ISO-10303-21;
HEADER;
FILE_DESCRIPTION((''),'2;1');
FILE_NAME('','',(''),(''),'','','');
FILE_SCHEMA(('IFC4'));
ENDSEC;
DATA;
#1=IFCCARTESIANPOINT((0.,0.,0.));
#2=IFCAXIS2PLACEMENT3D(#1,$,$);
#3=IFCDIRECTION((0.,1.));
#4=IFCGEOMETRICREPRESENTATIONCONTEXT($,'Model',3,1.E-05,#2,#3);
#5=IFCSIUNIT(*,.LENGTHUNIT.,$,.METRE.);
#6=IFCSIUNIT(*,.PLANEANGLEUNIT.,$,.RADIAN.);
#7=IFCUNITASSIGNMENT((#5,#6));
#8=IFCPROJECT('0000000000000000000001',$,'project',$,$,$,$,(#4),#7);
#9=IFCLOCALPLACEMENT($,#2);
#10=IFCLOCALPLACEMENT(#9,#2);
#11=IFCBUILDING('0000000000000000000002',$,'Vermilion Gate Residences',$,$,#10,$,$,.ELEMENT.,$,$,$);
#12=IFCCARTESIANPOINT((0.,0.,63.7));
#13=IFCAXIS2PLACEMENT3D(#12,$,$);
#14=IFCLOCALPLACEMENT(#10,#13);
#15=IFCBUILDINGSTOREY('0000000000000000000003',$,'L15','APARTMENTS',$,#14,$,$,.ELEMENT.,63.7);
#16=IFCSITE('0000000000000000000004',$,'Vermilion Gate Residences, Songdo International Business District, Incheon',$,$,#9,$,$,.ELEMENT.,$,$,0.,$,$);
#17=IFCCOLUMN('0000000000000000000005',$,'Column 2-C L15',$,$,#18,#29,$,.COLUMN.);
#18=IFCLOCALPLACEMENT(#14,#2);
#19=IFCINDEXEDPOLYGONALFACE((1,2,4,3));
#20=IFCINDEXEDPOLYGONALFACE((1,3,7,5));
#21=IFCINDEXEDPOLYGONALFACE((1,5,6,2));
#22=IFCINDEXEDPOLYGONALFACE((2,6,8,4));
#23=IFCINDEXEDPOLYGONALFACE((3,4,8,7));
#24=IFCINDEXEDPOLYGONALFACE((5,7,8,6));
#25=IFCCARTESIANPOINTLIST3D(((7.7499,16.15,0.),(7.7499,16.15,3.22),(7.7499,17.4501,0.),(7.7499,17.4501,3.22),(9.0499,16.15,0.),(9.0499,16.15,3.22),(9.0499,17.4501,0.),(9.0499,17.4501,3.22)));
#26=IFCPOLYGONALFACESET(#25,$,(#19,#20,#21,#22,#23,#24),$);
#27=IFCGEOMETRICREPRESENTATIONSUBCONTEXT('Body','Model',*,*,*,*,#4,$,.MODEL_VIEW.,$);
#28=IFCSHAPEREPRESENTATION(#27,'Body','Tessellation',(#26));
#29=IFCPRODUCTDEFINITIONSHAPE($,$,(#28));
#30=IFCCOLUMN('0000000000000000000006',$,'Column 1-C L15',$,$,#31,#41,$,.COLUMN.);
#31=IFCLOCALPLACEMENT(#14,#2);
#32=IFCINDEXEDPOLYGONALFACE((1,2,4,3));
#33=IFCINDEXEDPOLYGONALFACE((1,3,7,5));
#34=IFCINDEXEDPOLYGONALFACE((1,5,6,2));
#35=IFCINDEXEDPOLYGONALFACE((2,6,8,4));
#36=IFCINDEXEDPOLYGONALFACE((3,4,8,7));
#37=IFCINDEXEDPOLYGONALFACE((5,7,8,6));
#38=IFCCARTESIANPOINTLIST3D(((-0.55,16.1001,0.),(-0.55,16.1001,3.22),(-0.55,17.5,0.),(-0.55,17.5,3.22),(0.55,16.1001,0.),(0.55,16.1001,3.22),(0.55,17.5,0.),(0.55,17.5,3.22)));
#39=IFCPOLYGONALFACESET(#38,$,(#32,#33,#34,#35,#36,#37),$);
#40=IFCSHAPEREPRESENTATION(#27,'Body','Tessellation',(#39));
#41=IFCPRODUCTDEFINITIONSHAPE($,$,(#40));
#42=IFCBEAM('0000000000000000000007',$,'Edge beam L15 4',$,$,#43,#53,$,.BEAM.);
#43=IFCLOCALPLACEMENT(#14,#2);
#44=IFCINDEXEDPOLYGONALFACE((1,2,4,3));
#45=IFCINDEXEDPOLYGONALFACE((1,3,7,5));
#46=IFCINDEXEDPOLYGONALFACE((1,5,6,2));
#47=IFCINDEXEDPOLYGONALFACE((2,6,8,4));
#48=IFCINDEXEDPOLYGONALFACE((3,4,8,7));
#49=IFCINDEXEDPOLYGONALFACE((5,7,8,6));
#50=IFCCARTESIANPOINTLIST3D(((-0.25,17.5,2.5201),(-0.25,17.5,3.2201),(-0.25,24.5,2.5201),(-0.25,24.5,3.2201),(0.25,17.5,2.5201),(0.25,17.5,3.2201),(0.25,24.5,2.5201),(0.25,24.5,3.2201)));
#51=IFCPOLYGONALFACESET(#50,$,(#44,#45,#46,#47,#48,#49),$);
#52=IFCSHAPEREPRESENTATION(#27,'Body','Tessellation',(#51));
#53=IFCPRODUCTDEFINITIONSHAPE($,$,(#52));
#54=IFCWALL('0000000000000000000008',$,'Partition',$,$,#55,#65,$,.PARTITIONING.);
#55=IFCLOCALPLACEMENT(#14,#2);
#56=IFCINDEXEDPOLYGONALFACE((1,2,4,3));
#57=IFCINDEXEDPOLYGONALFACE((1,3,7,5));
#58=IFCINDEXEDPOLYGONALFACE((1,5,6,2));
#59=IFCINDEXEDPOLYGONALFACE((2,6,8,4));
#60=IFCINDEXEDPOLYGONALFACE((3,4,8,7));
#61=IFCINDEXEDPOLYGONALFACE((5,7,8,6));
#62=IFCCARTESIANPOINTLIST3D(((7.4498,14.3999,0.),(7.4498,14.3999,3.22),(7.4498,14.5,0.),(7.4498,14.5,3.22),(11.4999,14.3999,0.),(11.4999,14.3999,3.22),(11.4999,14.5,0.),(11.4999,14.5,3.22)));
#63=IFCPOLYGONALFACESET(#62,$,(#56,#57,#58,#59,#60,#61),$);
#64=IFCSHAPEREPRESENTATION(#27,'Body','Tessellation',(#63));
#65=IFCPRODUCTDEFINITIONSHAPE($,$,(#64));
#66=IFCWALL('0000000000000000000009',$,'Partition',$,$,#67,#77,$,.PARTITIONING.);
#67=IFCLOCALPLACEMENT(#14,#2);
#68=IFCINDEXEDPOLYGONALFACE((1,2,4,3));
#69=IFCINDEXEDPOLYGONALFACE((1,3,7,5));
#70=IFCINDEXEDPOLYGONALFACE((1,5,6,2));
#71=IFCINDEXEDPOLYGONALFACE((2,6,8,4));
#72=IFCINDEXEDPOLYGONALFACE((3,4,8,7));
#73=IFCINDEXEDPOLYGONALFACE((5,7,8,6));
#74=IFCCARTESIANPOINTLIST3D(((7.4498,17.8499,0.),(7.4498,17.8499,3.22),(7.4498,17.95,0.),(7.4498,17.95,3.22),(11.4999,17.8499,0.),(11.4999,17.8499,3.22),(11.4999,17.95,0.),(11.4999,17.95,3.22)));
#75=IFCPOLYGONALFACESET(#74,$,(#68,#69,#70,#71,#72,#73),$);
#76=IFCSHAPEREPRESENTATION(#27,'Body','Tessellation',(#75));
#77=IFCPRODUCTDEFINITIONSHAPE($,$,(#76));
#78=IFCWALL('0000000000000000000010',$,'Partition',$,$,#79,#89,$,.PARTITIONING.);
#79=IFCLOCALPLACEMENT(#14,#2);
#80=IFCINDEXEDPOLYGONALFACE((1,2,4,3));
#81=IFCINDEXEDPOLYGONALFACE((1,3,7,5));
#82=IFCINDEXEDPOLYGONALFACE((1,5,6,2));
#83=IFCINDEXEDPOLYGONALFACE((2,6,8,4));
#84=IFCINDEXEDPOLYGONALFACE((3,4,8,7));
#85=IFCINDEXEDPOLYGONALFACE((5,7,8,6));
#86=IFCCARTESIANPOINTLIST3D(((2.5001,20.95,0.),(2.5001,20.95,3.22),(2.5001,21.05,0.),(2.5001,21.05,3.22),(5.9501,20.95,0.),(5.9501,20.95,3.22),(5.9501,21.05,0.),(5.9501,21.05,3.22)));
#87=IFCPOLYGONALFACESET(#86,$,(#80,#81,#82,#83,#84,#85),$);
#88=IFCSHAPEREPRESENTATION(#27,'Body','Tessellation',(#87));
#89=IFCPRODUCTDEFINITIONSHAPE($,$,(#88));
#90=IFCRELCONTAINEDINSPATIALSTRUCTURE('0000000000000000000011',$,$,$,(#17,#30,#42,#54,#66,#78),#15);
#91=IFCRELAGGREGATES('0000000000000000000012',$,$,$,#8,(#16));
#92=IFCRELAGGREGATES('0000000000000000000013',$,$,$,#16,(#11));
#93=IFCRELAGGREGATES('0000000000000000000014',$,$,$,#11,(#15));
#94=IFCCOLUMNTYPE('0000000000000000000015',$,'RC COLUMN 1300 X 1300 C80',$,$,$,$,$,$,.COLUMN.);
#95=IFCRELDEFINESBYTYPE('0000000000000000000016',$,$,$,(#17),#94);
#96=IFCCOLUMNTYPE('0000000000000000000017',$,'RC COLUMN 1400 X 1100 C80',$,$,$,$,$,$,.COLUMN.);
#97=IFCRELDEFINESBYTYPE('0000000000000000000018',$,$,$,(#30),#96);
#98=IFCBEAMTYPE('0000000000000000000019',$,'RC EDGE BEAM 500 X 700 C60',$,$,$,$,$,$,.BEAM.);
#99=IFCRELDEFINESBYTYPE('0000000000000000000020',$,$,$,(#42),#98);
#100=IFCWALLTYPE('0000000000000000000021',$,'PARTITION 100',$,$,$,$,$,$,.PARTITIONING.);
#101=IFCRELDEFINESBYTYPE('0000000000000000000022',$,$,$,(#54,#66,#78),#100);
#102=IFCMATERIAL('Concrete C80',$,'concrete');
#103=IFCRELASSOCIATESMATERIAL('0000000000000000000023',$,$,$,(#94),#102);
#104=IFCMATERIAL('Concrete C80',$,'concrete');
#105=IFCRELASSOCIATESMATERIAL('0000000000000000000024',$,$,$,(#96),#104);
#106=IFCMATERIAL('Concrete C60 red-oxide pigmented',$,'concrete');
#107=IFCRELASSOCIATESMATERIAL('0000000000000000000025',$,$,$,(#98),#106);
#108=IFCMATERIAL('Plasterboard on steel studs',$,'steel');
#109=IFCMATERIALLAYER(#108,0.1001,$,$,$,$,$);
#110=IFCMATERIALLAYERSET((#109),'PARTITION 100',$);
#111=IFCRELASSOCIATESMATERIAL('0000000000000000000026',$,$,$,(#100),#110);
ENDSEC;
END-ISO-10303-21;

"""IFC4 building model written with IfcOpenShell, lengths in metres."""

from ifc_helpers import new_model, si_unit, direction, frame, frame_2d, origin, origin_2d, place, context, subcontext, project, spatial, rectangle, extrude, material, layer, layer_set, material_profile, profile_set, type_object, element, save


model = new_model("IFC4")

# Units and contexts
model_context = context("Model", 3, precision=1e-05, world=origin(), true_north=direction((0.0, 1.0)))
body_context = subcontext(model_context, "Body", "Model", "MODEL_VIEW")
ifc_project = project(units=[si_unit("LENGTHUNIT", "METRE"), si_unit("PLANEANGLEUNIT", "RADIAN")], contexts=[model_context])

# Site, building, storey
site_placement = place(None, origin())
site = spatial("IfcSite", under=ifc_project, at=site_placement, Name="Vermilion Gate Residences, Songdo International Business District, Incheon", CompositionType="ELEMENT", RefElevation=0.0)
building_placement = place(site_placement, origin())
building = spatial("IfcBuilding", under=site, at=building_placement, Name="Vermilion Gate Residences", CompositionType="ELEMENT")
storey_placement = place(building_placement, frame((0.0, 0.0, 63.7)))
storey = spatial("IfcBuildingStorey", under=building, at=storey_placement, Name="L15", Description="APARTMENTS", CompositionType="ELEMENT", Elevation=63.7)

# Columns
ifc_material_1 = material(Name="Concrete C80", Category="concrete")
ifc_material_profile_1 = material_profile(ifc_material_1, rectangle(XDim=1.3, YDim=1.3, at=origin_2d()), Name="RC-1300x1300")
ifc_profile_set_1 = profile_set([ifc_material_profile_1], Name="Concrete C80")
column_type_1 = type_object("IfcColumnType", Name="RC COLUMN 1300 X 1300 C80", PredefinedType="COLUMN", material=ifc_profile_set_1)
column_1_placement = place(storey_placement, frame((8.3999, 16.8, 0.0), z_axis=(0.0, 0.0, 1.0), x_axis=(1.0, 0.0, 0.0)))
element("IfcColumn", 1, at=column_1_placement, inside=storey, type_object=column_type_1, Name="Column 2-C L15", PredefinedType="COLUMN", context=body_context, shape_type="SweptSolid", body=[
    extrude(rectangle(XDim=1.3, YDim=1.3, at=origin_2d()), origin(), (0.0, 0.0, 1.0), 3.22),
])
ifc_material_2 = material(Name="Concrete C80", Category="concrete")
ifc_material_profile_2 = material_profile(ifc_material_2, rectangle(XDim=1.3999, YDim=1.1001, at=origin_2d()), Name="RC-1400x1100")
ifc_profile_set_2 = profile_set([ifc_material_profile_2], Name="Concrete C80")
column_type_2 = type_object("IfcColumnType", Name="RC COLUMN 1400 X 1100 C80", PredefinedType="COLUMN", material=ifc_profile_set_2)
column_2_placement = place(storey_placement, frame((0.0, 16.8, 0.0), z_axis=(0.0, 0.0, 1.0), x_axis=(0.0, 1.0, 0.0)))
element("IfcColumn", 2, at=column_2_placement, inside=storey, type_object=column_type_2, Name="Column 1-C L15", PredefinedType="COLUMN", context=body_context, shape_type="SweptSolid", body=[
    extrude(rectangle(XDim=1.3999, YDim=1.1001, at=origin_2d()), origin(), (0.0, 0.0, 1.0), 3.22),
])

# Beam
ifc_material_3 = material(Name="Concrete C60 red-oxide pigmented", Category="concrete")
ifc_material_profile_3 = material_profile(ifc_material_3, rectangle(XDim=0.5, YDim=0.7, at=origin_2d()), Name="RC-500x700")
ifc_profile_set_3 = profile_set([ifc_material_profile_3], Name="Concrete C60 red-oxide pigmented")
beam_type = type_object("IfcBeamType", Name="RC EDGE BEAM 500 X 700 C60", PredefinedType="BEAM", material=ifc_profile_set_3)
beam_placement = place(storey_placement, frame((0.0, 17.5, 2.8701), z_axis=(0.0, 1.0, 0.0), x_axis=(-1.0, 0.0, 0.0)))
element("IfcBeam", 3, at=beam_placement, inside=storey, type_object=beam_type, Name="Edge beam L15 4", PredefinedType="BEAM", context=body_context, shape_type="SweptSolid", body=[
    extrude(rectangle(XDim=0.5, YDim=0.7, at=origin_2d()), origin(), (0.0, 0.0, 1.0), 7.0),
])

# Walls
ifc_material_4 = material(Name="Plasterboard on steel studs", Category="steel")
ifc_layer_1 = layer(ifc_material_4, 0.1001)
ifc_layer_set_1 = layer_set([ifc_layer_1], Name="PARTITION 100")
wall_type_1 = type_object("IfcWallType", Name="PARTITION 100", PredefinedType="PARTITIONING", material=ifc_layer_set_1)
for number, where, z_axis, x_axis, name in (
    (4, (7.45, 14.45, 0.0), (0.0, 0.0, 1.0), (1.0, 0.0, 0.0), "Partition"),
    (5, (7.45, 17.8999, 0.0), (0.0, 0.0, 1.0), (1.0, 0.0, 0.0), "Partition"),
):
    element("IfcWall", number, at=place(storey_placement, frame(where, z_axis=z_axis, x_axis=x_axis)), inside=storey, type_object=wall_type_1, Name=name, PredefinedType="PARTITIONING", context=body_context, shape_type="SweptSolid", body=[
        extrude(rectangle(XDim=4.05, YDim=0.1001, at=frame_2d((2.0249, 0.0))), origin(), (0.0, 0.0, 1.0), 3.22),
    ])
wall_1_placement = place(storey_placement, frame((2.5, 21.0, 0.0), z_axis=(0.0, 0.0, 1.0), x_axis=(1.0, 0.0, 0.0)))
element("IfcWall", 6, at=wall_1_placement, inside=storey, type_object=wall_type_1, Name="Partition", PredefinedType="PARTITIONING", context=body_context, shape_type="SweptSolid", body=[
    extrude(rectangle(XDim=3.45, YDim=0.1001, at=frame_2d((1.7251, 0.0))), origin(), (0.0, 0.0, 1.0), 3.22),
])

save(model, "model.ifc")
